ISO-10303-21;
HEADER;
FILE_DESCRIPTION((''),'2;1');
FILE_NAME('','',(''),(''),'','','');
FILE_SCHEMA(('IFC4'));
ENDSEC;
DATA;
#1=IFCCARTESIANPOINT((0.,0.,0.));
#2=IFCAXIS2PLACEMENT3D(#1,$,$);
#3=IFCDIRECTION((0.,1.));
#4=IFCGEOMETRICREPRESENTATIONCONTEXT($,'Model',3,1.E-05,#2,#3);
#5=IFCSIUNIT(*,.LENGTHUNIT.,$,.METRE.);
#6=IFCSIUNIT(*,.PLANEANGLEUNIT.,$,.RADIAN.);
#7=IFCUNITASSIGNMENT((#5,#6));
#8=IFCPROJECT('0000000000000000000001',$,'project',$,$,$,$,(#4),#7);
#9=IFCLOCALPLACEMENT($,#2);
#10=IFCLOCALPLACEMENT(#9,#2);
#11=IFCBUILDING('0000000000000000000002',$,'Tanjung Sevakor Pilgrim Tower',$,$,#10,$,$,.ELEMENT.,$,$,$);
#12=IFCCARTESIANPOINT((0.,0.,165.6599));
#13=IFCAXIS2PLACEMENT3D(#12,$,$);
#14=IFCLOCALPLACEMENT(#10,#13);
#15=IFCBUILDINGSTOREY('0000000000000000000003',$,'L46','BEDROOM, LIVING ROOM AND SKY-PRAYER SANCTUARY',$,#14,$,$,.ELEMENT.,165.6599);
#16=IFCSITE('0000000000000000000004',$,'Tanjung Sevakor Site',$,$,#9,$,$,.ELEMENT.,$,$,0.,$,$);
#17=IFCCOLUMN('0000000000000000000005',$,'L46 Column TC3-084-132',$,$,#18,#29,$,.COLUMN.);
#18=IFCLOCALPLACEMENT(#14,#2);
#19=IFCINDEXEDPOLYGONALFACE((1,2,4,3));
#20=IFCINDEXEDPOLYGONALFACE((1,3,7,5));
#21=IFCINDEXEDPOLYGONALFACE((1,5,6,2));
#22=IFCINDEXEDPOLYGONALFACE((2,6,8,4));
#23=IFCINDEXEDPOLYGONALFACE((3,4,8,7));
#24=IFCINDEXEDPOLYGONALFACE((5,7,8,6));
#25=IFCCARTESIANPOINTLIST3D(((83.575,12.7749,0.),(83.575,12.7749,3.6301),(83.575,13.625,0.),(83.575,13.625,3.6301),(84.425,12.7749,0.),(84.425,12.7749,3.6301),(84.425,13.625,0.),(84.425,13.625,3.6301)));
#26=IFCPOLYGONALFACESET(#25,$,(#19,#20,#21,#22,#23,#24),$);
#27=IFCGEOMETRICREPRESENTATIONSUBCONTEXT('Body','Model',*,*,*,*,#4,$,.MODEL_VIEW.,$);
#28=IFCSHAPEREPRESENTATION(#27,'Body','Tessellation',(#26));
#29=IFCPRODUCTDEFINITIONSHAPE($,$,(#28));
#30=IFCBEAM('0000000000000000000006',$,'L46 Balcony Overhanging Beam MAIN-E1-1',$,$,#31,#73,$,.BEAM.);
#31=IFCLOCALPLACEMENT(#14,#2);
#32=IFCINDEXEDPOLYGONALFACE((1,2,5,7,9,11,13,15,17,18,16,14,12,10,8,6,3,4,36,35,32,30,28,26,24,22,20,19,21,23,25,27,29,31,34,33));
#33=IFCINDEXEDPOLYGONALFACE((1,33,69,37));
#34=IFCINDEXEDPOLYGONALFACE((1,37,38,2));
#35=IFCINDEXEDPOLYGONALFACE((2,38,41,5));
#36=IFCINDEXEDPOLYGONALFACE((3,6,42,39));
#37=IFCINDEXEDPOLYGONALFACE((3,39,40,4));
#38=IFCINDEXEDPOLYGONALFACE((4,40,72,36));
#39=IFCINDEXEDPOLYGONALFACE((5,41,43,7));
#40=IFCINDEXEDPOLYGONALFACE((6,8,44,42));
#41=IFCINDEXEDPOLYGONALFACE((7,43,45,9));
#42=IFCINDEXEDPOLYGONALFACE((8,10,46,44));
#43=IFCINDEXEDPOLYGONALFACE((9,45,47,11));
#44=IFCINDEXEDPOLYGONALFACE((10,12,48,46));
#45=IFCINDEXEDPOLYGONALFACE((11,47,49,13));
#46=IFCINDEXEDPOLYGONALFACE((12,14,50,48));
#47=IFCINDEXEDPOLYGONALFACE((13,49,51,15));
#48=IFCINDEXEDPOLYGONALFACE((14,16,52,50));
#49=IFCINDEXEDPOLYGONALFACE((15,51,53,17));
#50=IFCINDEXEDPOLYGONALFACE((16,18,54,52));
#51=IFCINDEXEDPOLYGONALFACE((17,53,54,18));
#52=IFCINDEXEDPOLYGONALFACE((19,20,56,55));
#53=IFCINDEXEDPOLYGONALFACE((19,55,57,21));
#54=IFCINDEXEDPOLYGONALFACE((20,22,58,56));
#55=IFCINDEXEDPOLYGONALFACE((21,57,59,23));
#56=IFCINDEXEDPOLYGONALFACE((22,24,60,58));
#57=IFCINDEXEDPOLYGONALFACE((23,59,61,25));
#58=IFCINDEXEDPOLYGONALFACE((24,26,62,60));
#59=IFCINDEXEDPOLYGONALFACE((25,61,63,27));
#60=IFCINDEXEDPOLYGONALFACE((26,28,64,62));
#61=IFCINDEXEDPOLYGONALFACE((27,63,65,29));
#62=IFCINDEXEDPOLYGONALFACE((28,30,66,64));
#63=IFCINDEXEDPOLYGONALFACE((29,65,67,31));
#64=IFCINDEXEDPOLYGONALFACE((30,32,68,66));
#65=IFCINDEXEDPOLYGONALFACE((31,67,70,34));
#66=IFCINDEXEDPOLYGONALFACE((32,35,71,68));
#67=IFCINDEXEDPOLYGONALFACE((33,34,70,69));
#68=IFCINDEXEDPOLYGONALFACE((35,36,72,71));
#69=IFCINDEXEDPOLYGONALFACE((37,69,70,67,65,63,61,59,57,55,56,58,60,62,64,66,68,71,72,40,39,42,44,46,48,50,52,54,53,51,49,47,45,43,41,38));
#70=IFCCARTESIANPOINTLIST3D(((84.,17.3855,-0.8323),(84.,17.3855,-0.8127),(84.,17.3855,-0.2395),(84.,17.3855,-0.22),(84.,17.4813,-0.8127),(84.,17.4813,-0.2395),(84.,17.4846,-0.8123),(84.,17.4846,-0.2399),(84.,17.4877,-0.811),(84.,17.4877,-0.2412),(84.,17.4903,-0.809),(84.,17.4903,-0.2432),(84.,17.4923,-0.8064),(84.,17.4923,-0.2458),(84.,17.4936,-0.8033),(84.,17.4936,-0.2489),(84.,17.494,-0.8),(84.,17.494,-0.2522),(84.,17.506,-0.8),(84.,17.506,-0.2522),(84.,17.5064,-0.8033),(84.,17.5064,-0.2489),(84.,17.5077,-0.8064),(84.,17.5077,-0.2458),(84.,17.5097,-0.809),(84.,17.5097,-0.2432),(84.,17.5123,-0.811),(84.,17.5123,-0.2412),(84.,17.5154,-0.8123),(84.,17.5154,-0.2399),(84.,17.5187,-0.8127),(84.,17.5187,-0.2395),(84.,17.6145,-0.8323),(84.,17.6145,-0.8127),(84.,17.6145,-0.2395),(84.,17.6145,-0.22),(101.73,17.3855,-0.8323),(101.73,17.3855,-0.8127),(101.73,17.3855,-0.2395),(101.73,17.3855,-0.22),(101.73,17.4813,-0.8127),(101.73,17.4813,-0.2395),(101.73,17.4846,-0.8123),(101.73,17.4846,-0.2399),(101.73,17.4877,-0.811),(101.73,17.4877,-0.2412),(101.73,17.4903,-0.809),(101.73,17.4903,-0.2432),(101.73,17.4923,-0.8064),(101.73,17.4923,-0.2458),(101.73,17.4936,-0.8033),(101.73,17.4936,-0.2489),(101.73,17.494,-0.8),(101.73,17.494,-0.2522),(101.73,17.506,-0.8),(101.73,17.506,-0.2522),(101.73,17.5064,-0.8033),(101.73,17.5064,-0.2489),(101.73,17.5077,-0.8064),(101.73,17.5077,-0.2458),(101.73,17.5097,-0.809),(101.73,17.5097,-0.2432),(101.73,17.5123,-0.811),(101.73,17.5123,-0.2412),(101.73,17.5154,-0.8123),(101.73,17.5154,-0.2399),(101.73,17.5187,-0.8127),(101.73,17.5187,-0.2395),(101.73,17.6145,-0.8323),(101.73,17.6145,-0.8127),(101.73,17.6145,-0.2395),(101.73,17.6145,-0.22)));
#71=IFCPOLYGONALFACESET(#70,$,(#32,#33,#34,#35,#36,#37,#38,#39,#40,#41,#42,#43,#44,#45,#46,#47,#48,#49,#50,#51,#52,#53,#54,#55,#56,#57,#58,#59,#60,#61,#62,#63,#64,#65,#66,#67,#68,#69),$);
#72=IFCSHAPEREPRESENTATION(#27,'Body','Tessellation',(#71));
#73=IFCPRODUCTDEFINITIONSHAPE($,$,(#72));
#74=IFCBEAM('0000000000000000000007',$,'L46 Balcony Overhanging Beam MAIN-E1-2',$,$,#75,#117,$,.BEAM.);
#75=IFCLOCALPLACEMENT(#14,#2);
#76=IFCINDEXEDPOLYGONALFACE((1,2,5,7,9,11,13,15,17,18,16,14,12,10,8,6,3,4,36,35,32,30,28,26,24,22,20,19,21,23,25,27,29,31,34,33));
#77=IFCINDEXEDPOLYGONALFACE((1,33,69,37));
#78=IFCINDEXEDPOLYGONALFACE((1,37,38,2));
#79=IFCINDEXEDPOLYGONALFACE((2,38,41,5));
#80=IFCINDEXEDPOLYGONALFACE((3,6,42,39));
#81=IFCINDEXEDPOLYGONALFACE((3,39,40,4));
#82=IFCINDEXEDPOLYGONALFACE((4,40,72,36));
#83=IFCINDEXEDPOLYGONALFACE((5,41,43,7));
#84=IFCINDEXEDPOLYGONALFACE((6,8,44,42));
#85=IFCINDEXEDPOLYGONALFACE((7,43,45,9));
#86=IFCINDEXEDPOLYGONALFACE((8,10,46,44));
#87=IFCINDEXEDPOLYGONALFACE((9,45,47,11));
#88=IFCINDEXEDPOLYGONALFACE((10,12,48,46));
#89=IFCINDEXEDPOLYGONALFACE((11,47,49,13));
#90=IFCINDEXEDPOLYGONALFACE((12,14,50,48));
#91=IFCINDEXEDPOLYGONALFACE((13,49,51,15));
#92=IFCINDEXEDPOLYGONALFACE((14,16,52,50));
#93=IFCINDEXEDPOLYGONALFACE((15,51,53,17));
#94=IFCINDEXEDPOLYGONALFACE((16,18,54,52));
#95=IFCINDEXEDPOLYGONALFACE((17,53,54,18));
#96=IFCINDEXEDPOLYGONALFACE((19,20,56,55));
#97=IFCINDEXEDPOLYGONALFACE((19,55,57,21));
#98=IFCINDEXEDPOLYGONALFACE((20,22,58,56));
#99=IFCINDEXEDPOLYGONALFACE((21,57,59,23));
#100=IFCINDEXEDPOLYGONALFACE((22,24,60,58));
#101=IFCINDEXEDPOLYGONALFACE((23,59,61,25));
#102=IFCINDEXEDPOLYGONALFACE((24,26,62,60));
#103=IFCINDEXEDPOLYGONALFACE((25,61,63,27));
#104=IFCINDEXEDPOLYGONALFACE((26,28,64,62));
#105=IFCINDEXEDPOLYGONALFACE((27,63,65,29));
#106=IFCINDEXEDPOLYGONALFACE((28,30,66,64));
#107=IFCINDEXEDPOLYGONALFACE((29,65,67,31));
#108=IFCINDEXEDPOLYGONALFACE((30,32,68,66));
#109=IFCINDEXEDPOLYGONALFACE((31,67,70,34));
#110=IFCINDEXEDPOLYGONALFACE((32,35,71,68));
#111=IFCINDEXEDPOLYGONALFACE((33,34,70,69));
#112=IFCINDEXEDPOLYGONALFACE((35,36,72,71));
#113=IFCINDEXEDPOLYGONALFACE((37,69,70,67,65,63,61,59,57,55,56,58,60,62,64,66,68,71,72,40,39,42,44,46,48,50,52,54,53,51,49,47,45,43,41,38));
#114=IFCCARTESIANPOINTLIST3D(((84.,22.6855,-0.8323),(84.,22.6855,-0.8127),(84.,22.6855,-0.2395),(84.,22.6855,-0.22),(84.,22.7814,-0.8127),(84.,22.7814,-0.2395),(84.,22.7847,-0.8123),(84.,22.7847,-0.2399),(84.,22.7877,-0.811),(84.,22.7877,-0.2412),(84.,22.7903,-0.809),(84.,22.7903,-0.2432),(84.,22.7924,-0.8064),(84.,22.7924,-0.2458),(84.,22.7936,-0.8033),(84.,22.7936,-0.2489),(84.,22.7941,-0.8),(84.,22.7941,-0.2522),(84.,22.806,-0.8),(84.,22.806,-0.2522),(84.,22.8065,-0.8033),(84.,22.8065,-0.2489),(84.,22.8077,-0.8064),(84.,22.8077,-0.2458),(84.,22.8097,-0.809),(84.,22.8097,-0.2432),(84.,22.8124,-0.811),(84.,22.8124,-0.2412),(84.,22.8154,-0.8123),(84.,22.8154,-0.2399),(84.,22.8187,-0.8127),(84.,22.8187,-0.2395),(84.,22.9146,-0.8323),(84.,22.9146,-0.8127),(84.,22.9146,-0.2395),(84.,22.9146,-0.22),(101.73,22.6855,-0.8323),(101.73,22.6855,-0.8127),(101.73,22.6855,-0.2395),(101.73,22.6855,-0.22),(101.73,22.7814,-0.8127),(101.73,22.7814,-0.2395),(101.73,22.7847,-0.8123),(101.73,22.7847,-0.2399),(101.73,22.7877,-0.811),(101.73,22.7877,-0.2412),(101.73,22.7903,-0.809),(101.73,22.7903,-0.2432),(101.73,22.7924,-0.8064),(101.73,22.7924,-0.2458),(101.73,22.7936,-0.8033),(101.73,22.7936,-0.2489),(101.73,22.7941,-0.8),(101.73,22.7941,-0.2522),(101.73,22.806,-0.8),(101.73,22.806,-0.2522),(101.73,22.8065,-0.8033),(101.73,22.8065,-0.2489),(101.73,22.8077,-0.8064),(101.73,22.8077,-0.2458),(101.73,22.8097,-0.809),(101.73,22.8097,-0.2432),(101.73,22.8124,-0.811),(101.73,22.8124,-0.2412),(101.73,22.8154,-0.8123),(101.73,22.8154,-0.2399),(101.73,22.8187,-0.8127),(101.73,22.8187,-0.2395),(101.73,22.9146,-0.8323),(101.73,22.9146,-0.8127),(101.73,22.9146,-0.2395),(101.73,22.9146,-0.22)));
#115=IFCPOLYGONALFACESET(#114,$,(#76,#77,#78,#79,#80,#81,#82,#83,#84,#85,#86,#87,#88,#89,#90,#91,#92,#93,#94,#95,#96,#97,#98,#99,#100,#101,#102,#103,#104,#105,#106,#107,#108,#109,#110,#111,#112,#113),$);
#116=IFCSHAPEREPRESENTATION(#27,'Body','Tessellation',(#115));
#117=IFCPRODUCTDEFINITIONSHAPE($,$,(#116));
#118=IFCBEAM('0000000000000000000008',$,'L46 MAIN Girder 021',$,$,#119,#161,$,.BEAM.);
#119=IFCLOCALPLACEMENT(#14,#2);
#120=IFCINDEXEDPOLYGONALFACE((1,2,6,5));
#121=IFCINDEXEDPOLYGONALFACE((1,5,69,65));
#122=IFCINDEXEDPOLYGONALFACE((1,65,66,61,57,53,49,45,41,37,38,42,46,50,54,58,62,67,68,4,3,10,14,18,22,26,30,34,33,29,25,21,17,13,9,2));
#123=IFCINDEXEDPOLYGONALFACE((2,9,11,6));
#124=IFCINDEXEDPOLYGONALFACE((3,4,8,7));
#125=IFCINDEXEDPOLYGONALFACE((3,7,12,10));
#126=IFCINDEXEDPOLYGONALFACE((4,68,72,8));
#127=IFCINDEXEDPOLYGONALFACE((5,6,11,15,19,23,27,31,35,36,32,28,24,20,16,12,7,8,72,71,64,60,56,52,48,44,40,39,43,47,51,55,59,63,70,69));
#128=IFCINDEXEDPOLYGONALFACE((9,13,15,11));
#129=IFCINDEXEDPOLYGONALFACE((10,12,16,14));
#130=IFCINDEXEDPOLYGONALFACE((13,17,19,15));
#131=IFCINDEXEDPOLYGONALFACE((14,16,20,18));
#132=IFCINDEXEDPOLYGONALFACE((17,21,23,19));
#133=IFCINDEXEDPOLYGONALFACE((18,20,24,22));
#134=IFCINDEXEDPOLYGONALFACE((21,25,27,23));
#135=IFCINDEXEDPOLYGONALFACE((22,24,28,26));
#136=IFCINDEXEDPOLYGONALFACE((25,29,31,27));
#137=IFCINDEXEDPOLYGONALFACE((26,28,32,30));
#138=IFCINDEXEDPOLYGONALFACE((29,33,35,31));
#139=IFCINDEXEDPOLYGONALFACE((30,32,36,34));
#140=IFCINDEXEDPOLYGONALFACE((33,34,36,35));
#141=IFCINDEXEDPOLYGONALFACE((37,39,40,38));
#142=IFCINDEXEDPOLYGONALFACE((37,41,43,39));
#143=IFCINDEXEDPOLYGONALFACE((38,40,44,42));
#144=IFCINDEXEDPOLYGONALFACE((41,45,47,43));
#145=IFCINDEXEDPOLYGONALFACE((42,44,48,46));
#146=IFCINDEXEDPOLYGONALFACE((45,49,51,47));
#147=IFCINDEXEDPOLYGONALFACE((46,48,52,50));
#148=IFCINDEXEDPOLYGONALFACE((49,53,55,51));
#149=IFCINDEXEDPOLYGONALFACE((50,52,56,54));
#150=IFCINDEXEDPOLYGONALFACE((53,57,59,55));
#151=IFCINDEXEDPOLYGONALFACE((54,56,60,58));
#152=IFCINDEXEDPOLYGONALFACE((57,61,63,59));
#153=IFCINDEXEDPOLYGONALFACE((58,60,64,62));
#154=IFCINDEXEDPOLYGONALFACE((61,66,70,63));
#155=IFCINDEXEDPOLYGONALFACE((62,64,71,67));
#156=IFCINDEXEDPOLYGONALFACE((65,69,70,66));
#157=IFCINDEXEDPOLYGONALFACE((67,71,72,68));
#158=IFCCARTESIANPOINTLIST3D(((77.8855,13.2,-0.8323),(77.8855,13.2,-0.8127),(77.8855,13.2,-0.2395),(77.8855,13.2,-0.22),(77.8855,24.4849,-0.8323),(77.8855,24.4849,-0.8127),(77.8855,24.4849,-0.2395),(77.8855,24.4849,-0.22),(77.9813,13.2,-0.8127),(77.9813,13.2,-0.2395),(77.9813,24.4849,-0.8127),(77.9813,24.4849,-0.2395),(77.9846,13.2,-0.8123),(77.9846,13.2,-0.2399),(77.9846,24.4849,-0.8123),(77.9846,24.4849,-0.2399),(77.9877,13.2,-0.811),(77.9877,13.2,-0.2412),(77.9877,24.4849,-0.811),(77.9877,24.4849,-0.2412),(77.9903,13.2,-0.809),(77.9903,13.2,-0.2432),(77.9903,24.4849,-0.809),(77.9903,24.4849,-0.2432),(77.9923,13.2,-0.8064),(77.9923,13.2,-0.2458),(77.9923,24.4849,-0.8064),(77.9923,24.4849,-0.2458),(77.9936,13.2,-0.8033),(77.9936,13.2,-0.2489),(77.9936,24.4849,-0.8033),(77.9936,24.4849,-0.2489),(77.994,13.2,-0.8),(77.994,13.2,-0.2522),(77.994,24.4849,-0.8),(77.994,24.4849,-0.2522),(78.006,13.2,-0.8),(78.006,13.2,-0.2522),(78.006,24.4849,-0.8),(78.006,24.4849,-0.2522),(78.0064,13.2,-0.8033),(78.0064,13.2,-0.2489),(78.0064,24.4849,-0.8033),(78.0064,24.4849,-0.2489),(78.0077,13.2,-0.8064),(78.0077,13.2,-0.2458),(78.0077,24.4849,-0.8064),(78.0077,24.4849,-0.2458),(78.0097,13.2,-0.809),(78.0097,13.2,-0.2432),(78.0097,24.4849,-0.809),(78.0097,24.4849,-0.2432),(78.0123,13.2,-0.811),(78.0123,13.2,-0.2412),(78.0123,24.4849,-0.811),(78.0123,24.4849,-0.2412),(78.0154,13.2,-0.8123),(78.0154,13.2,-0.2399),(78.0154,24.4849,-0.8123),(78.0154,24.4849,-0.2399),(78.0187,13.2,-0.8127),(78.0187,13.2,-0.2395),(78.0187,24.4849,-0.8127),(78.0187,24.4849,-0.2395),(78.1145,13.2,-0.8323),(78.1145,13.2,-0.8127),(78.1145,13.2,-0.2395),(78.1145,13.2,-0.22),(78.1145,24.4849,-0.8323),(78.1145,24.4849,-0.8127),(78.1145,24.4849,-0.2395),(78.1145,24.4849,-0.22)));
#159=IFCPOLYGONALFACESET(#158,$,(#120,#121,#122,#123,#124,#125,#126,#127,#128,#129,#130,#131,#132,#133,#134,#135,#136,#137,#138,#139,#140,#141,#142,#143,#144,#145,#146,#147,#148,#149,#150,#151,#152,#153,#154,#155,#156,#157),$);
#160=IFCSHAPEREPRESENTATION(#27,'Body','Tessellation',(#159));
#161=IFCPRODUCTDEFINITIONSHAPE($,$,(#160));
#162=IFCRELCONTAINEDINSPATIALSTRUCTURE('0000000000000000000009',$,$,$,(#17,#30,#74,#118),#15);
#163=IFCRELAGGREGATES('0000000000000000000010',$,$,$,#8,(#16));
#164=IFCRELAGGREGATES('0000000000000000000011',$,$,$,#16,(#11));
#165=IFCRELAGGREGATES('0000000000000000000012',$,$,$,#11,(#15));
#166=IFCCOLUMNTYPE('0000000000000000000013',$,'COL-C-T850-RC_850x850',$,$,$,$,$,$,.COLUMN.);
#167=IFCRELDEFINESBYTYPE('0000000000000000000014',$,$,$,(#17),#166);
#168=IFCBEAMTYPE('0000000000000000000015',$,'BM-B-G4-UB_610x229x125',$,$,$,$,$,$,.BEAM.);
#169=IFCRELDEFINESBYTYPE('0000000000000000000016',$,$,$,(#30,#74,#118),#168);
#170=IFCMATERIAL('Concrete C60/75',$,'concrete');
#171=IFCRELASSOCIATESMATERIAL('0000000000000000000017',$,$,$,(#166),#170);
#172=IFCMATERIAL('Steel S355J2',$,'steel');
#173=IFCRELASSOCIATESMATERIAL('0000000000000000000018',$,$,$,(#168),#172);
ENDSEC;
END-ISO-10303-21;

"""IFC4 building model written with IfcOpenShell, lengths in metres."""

from ifc_helpers import new_model, si_unit, direction, frame, origin, origin_2d, place, context, subcontext, project, spatial, rectangle, i_section, extrude, material, material_profile, profile_set, type_object, element, save


model = new_model("IFC4")

# Units and contexts
model_context = context("Model", 3, precision=1e-05, world=origin(), true_north=direction((0.0, 1.0)))
body_context = subcontext(model_context, "Body", "Model", "MODEL_VIEW")
ifc_project = project(units=[si_unit("LENGTHUNIT", "METRE"), si_unit("PLANEANGLEUNIT", "RADIAN")], contexts=[model_context])

# Site, building, storey
site_placement = place(None, origin())
site = spatial("IfcSite", under=ifc_project, at=site_placement, Name="Tanjung Sevakor Site", CompositionType="ELEMENT", RefElevation=0.0)
building_placement = place(site_placement, origin())
building = spatial("IfcBuilding", under=site, at=building_placement, Name="Tanjung Sevakor Pilgrim Tower", CompositionType="ELEMENT")
storey_placement = place(building_placement, frame((0.0, 0.0, 165.6599)))
storey = spatial("IfcBuildingStorey", under=building, at=storey_placement, Name="L46", Description="BEDROOM, LIVING ROOM AND SKY-PRAYER SANCTUARY", CompositionType="ELEMENT", Elevation=165.6599)

# Column
ifc_material_1 = material(Name="Concrete C60/75", Category="concrete")
ifc_material_profile_1 = material_profile(ifc_material_1, rectangle(XDim=0.8501, YDim=0.8501, at=origin_2d()))
ifc_profile_set_1 = profile_set([ifc_material_profile_1], Name="Concrete C60/75")
column_type = type_object("IfcColumnType", Name="COL-C-T850-RC_850x850", PredefinedType="COLUMN", material=ifc_profile_set_1)
column_placement = place(storey_placement, frame((84.0, 13.2, 0.0), z_axis=(0.0, 0.0, 1.0), x_axis=(1.0, 0.0, 0.0)))
element("IfcColumn", 1, at=column_placement, inside=storey, type_object=column_type, Name="L46 Column TC3-084-132", PredefinedType="COLUMN", context=body_context, shape_type="SweptSolid", body=[
    extrude(rectangle(XDim=0.8501, YDim=0.8501, at=origin_2d()), origin(), (0.0, 0.0, 1.0), 3.6301),
])

# Beams
ifc_material_2 = material(Name="Steel S355J2", Category="steel")
ifc_material_profile_2 = material_profile(ifc_material_2, i_section(OverallWidth=0.229, OverallDepth=0.6123, WebThickness=0.012, FlangeThickness=0.0195, FilletRadius=0.0127, at=origin_2d()))
ifc_profile_set_2 = profile_set([ifc_material_profile_2], Name="Steel S355J2")
beam_type_1 = type_object("IfcBeamType", Name="BM-B-G4-UB_610x229x125", PredefinedType="BEAM", material=ifc_profile_set_2)
for number, where, z_axis, x_axis, name in (
    (2, (84.0, 17.5, -0.5261), (1.0, 0.0, 0.0), (0.0, 1.0, 0.0), "L46 Balcony Overhanging Beam MAIN-E1-1"),
    (3, (84.0, 22.8, -0.5261), (1.0, 0.0, 0.0), (0.0, 1.0, 0.0), "L46 Balcony Overhanging Beam MAIN-E1-2"),
):
    element("IfcBeam", number, at=place(storey_placement, frame(where, z_axis=z_axis, x_axis=x_axis)), inside=storey, type_object=beam_type_1, Name=name, PredefinedType="BEAM", context=body_context, shape_type="SweptSolid", body=[
        extrude(i_section(OverallWidth=0.229, OverallDepth=0.6123, WebThickness=0.012, FlangeThickness=0.0195, FilletRadius=0.0127, at=origin_2d()), origin(), (0.0, 0.0, 1.0), 17.73),
    ])
beam_1_placement = place(storey_placement, frame((78.0, 13.2, -0.5261), z_axis=(0.0, 1.0, 0.0), x_axis=(-1.0, 0.0, 0.0)))
element("IfcBeam", 4, at=beam_1_placement, inside=storey, type_object=beam_type_1, Name="L46 MAIN Girder 021", PredefinedType="BEAM", context=body_context, shape_type="SweptSolid", body=[
    extrude(i_section(OverallWidth=0.229, OverallDepth=0.6123, WebThickness=0.012, FlangeThickness=0.0195, FilletRadius=0.0127, at=origin_2d()), origin(), (0.0, 0.0, 1.0), 11.2849),
])

save(model, "model.ifc")
